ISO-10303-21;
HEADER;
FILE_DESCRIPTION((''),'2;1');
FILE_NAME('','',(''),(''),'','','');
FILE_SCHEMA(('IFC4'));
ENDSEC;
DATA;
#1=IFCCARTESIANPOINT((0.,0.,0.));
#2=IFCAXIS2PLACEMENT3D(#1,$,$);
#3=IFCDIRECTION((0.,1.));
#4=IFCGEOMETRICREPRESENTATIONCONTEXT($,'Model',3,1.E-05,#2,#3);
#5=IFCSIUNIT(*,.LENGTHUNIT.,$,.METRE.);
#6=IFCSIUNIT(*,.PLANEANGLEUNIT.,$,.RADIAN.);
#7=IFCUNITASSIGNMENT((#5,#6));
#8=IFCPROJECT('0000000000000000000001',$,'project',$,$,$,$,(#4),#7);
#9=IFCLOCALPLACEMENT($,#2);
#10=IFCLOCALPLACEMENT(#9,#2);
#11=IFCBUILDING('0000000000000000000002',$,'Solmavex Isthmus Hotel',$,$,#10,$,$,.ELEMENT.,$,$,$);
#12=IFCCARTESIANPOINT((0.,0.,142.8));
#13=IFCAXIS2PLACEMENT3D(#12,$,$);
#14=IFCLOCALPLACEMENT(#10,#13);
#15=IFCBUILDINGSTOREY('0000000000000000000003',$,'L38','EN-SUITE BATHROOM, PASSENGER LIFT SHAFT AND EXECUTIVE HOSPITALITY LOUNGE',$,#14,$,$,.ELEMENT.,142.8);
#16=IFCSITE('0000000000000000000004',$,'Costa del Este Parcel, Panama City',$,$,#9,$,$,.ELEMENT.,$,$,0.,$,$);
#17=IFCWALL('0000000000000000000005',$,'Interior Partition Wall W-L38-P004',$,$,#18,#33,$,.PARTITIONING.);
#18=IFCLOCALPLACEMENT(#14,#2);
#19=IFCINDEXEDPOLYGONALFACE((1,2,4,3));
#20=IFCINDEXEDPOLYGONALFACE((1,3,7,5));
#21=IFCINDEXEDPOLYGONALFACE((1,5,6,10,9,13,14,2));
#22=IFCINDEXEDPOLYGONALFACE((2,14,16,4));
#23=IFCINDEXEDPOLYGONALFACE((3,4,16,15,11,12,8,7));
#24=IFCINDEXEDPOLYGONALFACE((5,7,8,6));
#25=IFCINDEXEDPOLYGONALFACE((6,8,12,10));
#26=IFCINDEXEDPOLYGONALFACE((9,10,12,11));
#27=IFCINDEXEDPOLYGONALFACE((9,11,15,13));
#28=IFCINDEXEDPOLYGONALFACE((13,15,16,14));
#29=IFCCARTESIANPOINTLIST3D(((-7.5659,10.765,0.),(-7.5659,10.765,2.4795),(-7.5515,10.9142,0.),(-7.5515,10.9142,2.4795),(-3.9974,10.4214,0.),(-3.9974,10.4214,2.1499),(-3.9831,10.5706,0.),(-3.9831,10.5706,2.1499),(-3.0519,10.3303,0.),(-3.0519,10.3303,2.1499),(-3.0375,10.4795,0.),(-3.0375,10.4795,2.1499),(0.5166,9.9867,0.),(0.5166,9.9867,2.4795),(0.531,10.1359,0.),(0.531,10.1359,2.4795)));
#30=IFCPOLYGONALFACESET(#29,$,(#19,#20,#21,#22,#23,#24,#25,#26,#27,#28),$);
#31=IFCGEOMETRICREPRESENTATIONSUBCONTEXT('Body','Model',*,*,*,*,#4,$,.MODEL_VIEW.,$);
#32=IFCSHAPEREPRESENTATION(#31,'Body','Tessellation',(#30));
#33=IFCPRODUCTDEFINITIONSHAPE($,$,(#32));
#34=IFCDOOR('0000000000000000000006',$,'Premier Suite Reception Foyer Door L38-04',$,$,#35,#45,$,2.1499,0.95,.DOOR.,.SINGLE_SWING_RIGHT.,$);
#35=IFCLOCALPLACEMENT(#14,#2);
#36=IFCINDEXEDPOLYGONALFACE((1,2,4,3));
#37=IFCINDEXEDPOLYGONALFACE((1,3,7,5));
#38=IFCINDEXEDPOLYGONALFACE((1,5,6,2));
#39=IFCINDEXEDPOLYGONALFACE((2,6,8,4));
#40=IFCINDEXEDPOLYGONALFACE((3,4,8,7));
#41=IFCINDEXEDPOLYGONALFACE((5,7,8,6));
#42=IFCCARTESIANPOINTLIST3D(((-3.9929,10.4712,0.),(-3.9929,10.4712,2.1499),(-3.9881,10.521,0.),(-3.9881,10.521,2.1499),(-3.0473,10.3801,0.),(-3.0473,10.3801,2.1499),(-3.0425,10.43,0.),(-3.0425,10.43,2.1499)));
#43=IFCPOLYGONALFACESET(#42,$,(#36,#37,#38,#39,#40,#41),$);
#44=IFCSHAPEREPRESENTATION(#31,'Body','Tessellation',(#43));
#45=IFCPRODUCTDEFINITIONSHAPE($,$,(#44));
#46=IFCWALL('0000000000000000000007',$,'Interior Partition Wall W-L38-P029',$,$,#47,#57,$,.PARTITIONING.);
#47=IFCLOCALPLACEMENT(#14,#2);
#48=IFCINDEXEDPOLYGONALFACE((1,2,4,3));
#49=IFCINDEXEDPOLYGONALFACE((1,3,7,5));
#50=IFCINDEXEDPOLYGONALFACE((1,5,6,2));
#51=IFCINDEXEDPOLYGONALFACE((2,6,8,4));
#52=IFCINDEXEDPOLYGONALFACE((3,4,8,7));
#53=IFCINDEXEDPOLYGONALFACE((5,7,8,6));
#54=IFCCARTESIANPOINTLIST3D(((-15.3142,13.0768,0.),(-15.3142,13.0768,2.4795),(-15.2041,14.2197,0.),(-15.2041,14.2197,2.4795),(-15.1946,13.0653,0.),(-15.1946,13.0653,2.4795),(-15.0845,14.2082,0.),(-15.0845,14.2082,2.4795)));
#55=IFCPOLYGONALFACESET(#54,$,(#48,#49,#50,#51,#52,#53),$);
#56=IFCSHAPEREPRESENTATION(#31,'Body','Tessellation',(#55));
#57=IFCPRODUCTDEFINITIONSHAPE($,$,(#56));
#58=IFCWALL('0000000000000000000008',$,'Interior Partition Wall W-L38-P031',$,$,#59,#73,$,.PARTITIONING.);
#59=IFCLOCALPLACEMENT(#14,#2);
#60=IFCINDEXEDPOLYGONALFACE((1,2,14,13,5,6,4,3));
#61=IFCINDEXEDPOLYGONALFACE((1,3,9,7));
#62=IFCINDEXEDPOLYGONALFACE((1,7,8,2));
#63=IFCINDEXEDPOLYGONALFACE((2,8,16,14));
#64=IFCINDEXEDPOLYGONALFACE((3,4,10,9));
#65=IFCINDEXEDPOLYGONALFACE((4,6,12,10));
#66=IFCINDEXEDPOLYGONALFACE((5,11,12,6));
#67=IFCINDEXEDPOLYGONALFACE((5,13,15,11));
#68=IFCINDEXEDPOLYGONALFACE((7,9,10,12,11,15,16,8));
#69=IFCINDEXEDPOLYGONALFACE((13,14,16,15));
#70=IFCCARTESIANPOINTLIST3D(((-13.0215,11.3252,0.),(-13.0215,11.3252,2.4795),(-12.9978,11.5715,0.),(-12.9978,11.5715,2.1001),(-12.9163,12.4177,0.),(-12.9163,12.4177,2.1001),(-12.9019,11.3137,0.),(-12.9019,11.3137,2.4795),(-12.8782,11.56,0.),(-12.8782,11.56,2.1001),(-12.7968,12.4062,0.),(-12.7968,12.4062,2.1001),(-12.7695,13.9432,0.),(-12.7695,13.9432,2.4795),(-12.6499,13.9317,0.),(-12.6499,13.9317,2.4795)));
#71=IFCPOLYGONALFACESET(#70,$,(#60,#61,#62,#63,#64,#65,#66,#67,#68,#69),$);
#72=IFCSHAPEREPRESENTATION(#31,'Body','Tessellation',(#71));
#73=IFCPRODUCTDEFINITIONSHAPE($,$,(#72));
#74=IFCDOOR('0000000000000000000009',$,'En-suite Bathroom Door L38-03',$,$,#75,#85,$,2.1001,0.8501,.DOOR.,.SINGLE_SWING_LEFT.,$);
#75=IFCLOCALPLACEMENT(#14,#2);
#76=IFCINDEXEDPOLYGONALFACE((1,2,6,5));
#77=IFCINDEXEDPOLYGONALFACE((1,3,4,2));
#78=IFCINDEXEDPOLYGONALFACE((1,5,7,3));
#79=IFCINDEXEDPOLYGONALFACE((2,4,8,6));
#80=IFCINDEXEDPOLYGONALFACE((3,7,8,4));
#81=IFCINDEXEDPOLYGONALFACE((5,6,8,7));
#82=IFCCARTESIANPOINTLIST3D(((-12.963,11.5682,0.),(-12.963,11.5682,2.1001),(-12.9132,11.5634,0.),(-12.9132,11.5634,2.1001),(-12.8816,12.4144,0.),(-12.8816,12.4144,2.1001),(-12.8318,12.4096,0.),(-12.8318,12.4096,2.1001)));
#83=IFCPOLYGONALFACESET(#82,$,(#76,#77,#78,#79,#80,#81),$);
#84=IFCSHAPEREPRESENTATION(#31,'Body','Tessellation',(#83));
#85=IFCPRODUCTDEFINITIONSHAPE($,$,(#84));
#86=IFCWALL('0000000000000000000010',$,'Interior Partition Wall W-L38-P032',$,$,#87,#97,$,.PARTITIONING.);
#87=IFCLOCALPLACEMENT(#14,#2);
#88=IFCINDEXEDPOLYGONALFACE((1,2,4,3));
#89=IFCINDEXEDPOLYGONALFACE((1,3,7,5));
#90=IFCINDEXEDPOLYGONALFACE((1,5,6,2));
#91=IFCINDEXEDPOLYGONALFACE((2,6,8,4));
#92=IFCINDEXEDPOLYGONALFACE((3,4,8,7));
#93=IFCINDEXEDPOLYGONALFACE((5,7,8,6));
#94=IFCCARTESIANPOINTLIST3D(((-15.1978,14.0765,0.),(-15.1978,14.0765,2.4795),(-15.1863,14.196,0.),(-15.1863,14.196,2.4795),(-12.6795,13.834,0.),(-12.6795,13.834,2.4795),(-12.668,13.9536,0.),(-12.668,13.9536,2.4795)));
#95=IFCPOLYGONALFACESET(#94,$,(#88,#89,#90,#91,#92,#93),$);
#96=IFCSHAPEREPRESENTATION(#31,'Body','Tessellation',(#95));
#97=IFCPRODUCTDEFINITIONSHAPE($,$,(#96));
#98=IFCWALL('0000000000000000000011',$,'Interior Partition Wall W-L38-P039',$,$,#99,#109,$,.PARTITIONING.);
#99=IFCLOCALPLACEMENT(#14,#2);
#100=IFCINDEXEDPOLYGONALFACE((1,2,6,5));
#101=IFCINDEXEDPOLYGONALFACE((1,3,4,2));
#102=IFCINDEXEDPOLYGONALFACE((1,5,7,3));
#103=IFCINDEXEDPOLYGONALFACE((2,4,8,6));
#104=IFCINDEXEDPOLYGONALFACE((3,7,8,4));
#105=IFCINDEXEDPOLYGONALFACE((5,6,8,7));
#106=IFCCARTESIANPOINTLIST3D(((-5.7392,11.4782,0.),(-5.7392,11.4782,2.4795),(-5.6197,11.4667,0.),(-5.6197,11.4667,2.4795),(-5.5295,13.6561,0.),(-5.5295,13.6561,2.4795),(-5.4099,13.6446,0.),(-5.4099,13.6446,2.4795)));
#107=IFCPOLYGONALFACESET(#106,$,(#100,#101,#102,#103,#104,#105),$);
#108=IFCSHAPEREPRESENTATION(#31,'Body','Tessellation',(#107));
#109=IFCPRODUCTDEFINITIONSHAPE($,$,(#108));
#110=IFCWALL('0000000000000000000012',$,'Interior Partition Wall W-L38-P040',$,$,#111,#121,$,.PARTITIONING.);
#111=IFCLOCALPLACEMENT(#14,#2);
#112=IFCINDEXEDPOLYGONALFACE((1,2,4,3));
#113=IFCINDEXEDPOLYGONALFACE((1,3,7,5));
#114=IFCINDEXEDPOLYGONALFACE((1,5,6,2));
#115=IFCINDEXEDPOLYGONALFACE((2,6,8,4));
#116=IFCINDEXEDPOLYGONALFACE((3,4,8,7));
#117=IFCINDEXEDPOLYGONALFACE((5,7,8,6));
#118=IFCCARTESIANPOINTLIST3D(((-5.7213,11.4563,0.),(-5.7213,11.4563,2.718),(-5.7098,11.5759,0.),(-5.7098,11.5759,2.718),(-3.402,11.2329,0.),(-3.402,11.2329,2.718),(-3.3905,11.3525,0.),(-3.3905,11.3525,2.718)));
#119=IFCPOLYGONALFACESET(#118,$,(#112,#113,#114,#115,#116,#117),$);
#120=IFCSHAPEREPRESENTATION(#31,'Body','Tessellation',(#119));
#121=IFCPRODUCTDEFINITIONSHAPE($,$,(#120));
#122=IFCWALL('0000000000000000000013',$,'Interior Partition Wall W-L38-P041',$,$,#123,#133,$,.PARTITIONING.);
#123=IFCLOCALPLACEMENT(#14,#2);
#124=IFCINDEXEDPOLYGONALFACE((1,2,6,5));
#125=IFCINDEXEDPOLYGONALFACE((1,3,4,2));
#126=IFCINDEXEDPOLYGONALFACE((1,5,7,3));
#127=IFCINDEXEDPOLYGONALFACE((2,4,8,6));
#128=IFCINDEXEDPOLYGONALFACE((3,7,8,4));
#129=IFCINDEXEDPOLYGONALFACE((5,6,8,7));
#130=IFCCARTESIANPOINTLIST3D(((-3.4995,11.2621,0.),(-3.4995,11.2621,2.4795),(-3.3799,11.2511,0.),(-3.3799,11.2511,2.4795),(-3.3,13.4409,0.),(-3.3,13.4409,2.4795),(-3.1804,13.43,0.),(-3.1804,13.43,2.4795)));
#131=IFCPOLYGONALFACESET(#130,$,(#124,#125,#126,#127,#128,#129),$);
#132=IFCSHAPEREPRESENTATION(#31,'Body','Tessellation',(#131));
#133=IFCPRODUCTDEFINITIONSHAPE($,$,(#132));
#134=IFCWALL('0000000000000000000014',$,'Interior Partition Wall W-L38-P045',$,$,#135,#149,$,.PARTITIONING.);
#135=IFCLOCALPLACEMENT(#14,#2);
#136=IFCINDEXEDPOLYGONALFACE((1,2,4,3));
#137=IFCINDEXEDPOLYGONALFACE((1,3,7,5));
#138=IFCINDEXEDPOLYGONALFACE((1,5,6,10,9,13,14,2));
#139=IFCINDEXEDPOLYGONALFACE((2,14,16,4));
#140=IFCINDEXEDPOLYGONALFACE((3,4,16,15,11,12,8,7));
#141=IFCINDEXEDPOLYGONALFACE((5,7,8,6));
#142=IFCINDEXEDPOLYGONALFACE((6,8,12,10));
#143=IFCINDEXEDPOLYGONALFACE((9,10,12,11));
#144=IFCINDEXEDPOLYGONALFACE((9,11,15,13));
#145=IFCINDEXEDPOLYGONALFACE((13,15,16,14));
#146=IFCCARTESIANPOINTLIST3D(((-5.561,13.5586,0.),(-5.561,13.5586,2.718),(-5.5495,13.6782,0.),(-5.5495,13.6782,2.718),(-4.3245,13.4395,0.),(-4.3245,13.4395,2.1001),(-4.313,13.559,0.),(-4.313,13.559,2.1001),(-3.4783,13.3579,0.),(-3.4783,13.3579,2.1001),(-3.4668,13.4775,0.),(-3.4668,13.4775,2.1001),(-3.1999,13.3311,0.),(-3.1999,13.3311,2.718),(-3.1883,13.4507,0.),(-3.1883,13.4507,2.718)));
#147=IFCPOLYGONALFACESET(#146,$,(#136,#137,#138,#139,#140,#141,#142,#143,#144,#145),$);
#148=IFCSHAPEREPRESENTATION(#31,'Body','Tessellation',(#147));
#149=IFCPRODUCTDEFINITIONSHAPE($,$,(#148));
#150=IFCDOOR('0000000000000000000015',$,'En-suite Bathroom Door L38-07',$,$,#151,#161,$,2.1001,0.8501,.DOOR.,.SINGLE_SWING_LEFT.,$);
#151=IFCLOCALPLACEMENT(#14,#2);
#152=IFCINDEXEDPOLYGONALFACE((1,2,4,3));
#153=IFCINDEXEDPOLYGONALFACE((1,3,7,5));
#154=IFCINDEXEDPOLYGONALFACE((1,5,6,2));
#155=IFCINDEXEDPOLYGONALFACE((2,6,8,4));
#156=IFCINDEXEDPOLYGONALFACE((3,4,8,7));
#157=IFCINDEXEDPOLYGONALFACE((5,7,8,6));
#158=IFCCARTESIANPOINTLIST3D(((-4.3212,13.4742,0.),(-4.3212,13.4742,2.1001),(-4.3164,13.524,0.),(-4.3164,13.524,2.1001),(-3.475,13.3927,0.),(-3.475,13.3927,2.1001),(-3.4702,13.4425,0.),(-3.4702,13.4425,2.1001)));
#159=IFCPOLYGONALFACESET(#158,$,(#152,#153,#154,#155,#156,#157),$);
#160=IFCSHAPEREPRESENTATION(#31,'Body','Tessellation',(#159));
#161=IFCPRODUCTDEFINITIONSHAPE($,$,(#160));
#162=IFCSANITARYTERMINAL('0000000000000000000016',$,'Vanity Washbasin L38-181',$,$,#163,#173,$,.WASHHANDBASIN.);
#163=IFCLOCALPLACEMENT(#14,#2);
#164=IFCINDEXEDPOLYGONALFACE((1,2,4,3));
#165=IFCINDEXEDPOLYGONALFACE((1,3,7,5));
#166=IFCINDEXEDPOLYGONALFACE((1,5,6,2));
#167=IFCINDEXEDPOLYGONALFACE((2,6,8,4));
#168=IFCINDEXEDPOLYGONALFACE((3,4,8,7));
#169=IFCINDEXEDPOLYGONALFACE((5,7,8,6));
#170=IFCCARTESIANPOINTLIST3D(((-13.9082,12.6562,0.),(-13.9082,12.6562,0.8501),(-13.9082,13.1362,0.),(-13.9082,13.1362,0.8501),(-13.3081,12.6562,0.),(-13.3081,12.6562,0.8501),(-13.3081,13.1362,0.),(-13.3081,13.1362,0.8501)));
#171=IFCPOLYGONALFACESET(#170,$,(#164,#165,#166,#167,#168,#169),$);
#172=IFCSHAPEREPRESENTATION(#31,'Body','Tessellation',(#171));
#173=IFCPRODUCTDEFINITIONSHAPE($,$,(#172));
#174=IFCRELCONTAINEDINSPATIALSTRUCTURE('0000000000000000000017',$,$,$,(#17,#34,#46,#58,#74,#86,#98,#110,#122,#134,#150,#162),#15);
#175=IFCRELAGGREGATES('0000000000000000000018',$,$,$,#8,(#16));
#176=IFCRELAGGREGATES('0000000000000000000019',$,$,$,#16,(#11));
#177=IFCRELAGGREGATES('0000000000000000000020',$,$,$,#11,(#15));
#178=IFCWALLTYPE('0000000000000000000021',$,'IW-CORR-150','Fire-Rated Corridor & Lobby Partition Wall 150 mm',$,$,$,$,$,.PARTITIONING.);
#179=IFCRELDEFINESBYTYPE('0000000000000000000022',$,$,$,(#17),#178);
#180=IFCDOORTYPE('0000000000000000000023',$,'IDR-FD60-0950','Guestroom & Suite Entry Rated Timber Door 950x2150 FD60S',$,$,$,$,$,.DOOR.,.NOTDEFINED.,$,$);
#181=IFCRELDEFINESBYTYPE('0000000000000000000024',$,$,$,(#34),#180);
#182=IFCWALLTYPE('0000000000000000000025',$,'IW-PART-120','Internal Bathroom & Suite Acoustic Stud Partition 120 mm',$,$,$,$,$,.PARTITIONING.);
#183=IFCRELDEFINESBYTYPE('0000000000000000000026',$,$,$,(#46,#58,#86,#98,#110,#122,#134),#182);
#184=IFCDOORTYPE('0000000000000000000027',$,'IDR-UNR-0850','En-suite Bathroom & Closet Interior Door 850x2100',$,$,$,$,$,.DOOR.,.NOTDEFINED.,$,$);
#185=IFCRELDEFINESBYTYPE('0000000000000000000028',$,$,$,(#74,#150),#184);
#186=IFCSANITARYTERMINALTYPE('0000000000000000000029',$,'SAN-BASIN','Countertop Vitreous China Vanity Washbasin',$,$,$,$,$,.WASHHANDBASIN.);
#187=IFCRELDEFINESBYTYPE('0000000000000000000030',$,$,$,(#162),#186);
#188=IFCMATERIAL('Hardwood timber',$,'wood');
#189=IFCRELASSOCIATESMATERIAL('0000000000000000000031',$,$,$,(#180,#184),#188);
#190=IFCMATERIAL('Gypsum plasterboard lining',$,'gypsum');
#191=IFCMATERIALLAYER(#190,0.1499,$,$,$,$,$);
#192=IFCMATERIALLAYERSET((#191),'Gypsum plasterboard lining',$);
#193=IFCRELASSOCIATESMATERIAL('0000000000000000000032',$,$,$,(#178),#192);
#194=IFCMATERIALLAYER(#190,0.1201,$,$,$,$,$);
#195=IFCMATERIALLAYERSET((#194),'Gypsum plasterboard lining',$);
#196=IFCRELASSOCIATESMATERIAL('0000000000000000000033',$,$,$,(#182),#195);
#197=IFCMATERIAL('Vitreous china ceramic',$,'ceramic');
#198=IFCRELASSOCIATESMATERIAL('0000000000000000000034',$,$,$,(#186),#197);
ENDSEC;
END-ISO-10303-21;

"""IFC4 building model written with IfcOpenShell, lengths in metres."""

from ifc_helpers import new_model, si_unit, direction, frame, frame_2d, origin, origin_2d, place, context, subcontext, project, spatial, rectangle, extrude, material, layer, layer_set, type_object, element, fill, save


model = new_model("IFC4")

# Units and contexts
model_context = context("Model", 3, precision=1e-05, world=origin(), true_north=direction((0.0, 1.0)))
body_context = subcontext(model_context, "Body", "Model", "MODEL_VIEW")
ifc_project = project(units=[si_unit("LENGTHUNIT", "METRE"), si_unit("PLANEANGLEUNIT", "RADIAN")], contexts=[model_context])

# Site, building, storey
site_placement = place(None, origin())
site = spatial("IfcSite", under=ifc_project, at=site_placement, Name="Costa del Este Parcel, Panama City", CompositionType="ELEMENT", RefElevation=0.0)
building_placement = place(site_placement, origin())
building = spatial("IfcBuilding", under=site, at=building_placement, Name="Solmavex Isthmus Hotel", CompositionType="ELEMENT")
storey_placement = place(building_placement, frame((0.0, 0.0, 142.8)))
storey = spatial("IfcBuildingStorey", under=building, at=storey_placement, Name="L38", Description="EN-SUITE BATHROOM, PASSENGER LIFT SHAFT AND EXECUTIVE HOSPITALITY LOUNGE", CompositionType="ELEMENT", Elevation=142.8)

# Shared definitions
ifc_material_1 = material(Name="Gypsum plasterboard lining", Category="gypsum")

# Wall, opening, door
ifc_material_2 = material(Name="Hardwood timber", Category="wood")
door_type_1 = type_object("IfcDoorType", Name="IDR-FD60-0950", Description="Guestroom & Suite Entry Rated Timber Door 950x2150 FD60S", OperationType="NOTDEFINED", PredefinedType="DOOR", material=ifc_material_2)
ifc_layer_1 = layer(ifc_material_1, 0.1499)
ifc_layer_set_1 = layer_set([ifc_layer_1], Name="Gypsum plasterboard lining")
wall_type_1 = type_object("IfcWallType", Name="IW-CORR-150", Description="Fire-Rated Corridor & Lobby Partition Wall 150 mm", PredefinedType="PARTITIONING", material=ifc_layer_set_1)
wall_1_placement = place(storey_placement, frame((-7.5588, 10.8396, 0.0), z_axis=(0.0, 0.0, 1.0), x_axis=(0.995395, -0.095853, 0.0)))
wall_1 = element("IfcWall", 1, at=wall_1_placement, inside=storey, type_object=wall_type_1, Name="Interior Partition Wall W-L38-P004", PredefinedType="PARTITIONING", context=body_context, shape_type="SweptSolid", body=[
    extrude(rectangle(XDim=8.1199, YDim=0.1499, at=frame_2d((4.0601, 0.0))), origin(), (0.0, 0.0, 1.0), 2.4795),
])
opening_1_placement = place(wall_1_placement, frame((3.585, 0.0, 0.0)))
opening_1 = element("IfcOpeningElement", 2, at=opening_1_placement, cuts=wall_1, PredefinedType="OPENING", context=body_context, shape_type="SweptSolid", body=[
    extrude(rectangle(XDim=0.95, YDim=2.1499, at=frame_2d((0.4751, 1.075))), frame((0.0, 0.085, 0.0), z_axis=(0.0, -1.0, 0.0), x_axis=(1.0, 0.0, 0.0)), (0.0, 0.0, 1.0), 0.1699),
])
door_1_placement = place(opening_1_placement, frame((0.95, 0.0, 0.0), z_axis=(0.0, 0.0, 1.0), x_axis=(-1.0, 0.0, 0.0)))
door_1 = element("IfcDoor", 3, at=door_1_placement, inside=storey, type_object=door_type_1, Name="Premier Suite Reception Foyer Door L38-04", OperationType="SINGLE_SWING_RIGHT", OverallHeight=2.1499, OverallWidth=0.95, PredefinedType="DOOR", context=body_context, shape_type="SweptSolid", body=[
    extrude(rectangle(XDim=0.95, YDim=2.1499, at=frame_2d((0.4751, 1.075))), frame((0.0, 0.0249, 0.0), z_axis=(0.0, -1.0, 0.0), x_axis=(1.0, 0.0, 0.0)), (0.0, 0.0, 1.0), 0.05),
])
fill(opening_1, door_1)

# Wall
ifc_layer_2 = layer(ifc_material_1, 0.1201)
ifc_layer_set_2 = layer_set([ifc_layer_2], Name="Gypsum plasterboard lining")
wall_type_2 = type_object("IfcWallType", Name="IW-PART-120", Description="Internal Bathroom & Suite Acoustic Stud Partition 120 mm", PredefinedType="PARTITIONING", material=ifc_layer_set_2)
wall_2_placement = place(storey_placement, frame((-15.1443, 14.2141, 0.0), z_axis=(0.0, 0.0, 1.0), x_axis=(-0.095903, -0.995391, 0.0)))
element("IfcWall", 4, at=wall_2_placement, inside=storey, type_object=wall_type_2, Name="Interior Partition Wall W-L38-P029", PredefinedType="PARTITIONING", context=body_context, shape_type="SweptSolid", body=[
    extrude(rectangle(XDim=1.1482, YDim=0.1201, at=frame_2d((0.5742, 0.0))), origin(), (0.0, 0.0, 1.0), 2.4795),
])

# Wall, opening, door
wall_3_placement = place(storey_placement, frame((-12.9617, 11.3196, 0.0), z_axis=(0.0, 0.0, 1.0), x_axis=(0.095799, 0.995401, 0.0)))
wall_3 = element("IfcWall", 5, at=wall_3_placement, inside=storey, type_object=wall_type_2, Name="Interior Partition Wall W-L38-P031", PredefinedType="PARTITIONING", context=body_context, shape_type="SweptSolid", body=[
    extrude(rectangle(XDim=2.6301, YDim=0.1201, at=frame_2d((1.3149, 0.0))), origin(), (0.0, 0.0, 1.0), 2.4795),
])
opening_2_placement = place(wall_3_placement, frame((0.2473, 0.0, 0.0)))
opening_2 = element("IfcOpeningElement", 6, at=opening_2_placement, cuts=wall_3, PredefinedType="OPENING", context=body_context, shape_type="SweptSolid", body=[
    extrude(rectangle(XDim=0.8501, YDim=2.1001, at=frame_2d((0.425, 1.05))), frame((0.0, 0.0701, 0.0), z_axis=(0.0, -1.0, 0.0), x_axis=(1.0, 0.0, 0.0)), (0.0, 0.0, 1.0), 0.1401),
])
door_type_2 = type_object("IfcDoorType", Name="IDR-UNR-0850", Description="En-suite Bathroom & Closet Interior Door 850x2100", OperationType="NOTDEFINED", PredefinedType="DOOR", material=ifc_material_2)
door_2_placement = place(opening_2_placement, frame((0.8501, 0.0, 0.0), z_axis=(0.0, 0.0, 1.0), x_axis=(-1.0, 0.0, 0.0)))
door_2 = element("IfcDoor", 7, at=door_2_placement, inside=storey, type_object=door_type_2, Name="En-suite Bathroom Door L38-03", OperationType="SINGLE_SWING_LEFT", OverallHeight=2.1001, OverallWidth=0.8501, PredefinedType="DOOR", context=body_context, shape_type="SweptSolid", body=[
    extrude(rectangle(XDim=0.8501, YDim=2.1001, at=frame_2d((0.425, 1.05))), frame((0.0, 0.0249, 0.0), z_axis=(0.0, -1.0, 0.0), x_axis=(1.0, 0.0, 0.0)), (0.0, 0.0, 1.0), 0.05),
])
fill(opening_2, door_2)

# Walls
wall_4_placement = place(storey_placement, frame((-12.6736, 13.8938, 0.0), z_axis=(0.0, 0.0, 1.0), x_axis=(-0.995398, 0.095825, 0.0)))
element("IfcWall", 8, at=wall_4_placement, inside=storey, type_object=wall_type_2, Name="Interior Partition Wall W-L38-P032", PredefinedType="PARTITIONING", context=body_context, shape_type="SweptSolid", body=[
    extrude(rectangle(XDim=2.53, YDim=0.1201, at=frame_2d((1.2651, 0.0))), origin(), (0.0, 0.0, 1.0), 2.4795),
])
wall_5_placement = place(storey_placement, frame((-5.4697, 13.6504, 0.0), z_axis=(0.0, 0.0, 1.0), x_axis=(-0.095846, -0.995396, 0.0)))
element("IfcWall", 9, at=wall_5_placement, inside=storey, type_object=wall_type_2, Name="Interior Partition Wall W-L38-P039", PredefinedType="PARTITIONING", context=body_context, shape_type="SweptSolid", body=[
    extrude(rectangle(XDim=2.188, YDim=0.1201, at=frame_2d((1.094, 0.0))), origin(), (0.0, 0.0, 1.0), 2.4795),
])
wall_6_placement = place(storey_placement, frame((-5.7156, 11.5161, 0.0), z_axis=(0.0, 0.0, 1.0), x_axis=(0.995394, -0.095872, 0.0)))
element("IfcWall", 10, at=wall_6_placement, inside=storey, type_object=wall_type_2, Name="Interior Partition Wall W-L38-P040", PredefinedType="PARTITIONING", context=body_context, shape_type="SweptSolid", body=[
    extrude(rectangle(XDim=2.3301, YDim=0.1201, at=frame_2d((1.165, 0.0))), origin(), (0.0, 0.0, 1.0), 2.718),
])
wall_7_placement = place(storey_placement, frame((-3.4397, 11.2566, 0.0), z_axis=(0.0, 0.0, 1.0), x_axis=(0.091159, 0.995836, 0.0)))
element("IfcWall", 11, at=wall_7_placement, inside=storey, type_object=wall_type_2, Name="Interior Partition Wall W-L38-P041", PredefinedType="PARTITIONING", context=body_context, shape_type="SweptSolid", body=[
    extrude(rectangle(XDim=2.188, YDim=0.1201, at=frame_2d((1.094, 0.0))), origin(), (0.0, 0.0, 1.0), 2.4795),
])

# Wall, opening, door
wall_8_placement = place(storey_placement, frame((-3.1941, 13.3909, 0.0), z_axis=(0.0, 0.0, 1.0), x_axis=(-0.995388, 0.095926, 0.0)))
wall_8 = element("IfcWall", 12, at=wall_8_placement, inside=storey, type_object=wall_type_2, Name="Interior Partition Wall W-L38-P045", PredefinedType="PARTITIONING", context=body_context, shape_type="SweptSolid", body=[
    extrude(rectangle(XDim=2.3721, YDim=0.1201, at=frame_2d((1.186, 0.0))), origin(), (0.0, 0.0, 1.0), 2.718),
])
opening_3_placement = place(wall_8_placement, frame((0.2798, 0.0, 0.0)))
opening_3 = element("IfcOpeningElement", 13, at=opening_3_placement, cuts=wall_8, PredefinedType="OPENING", context=body_context, shape_type="SweptSolid", body=[
    extrude(rectangle(XDim=0.8501, YDim=2.1001, at=frame_2d((0.425, 1.05))), frame((0.0, 0.0701, 0.0), z_axis=(0.0, -1.0, 0.0), x_axis=(1.0, 0.0, 0.0)), (0.0, 0.0, 1.0), 0.1401),
])
door_3_placement = place(opening_3_placement, frame((0.8501, 0.0, 0.0), z_axis=(0.0, 0.0, 1.0), x_axis=(-1.0, 0.0, 0.0)))
door_3 = element("IfcDoor", 14, at=door_3_placement, inside=storey, type_object=door_type_2, Name="En-suite Bathroom Door L38-07", OperationType="SINGLE_SWING_LEFT", OverallHeight=2.1001, OverallWidth=0.8501, PredefinedType="DOOR", context=body_context, shape_type="SweptSolid", body=[
    extrude(rectangle(XDim=0.8501, YDim=2.1001, at=frame_2d((0.425, 1.05))), frame((0.0, 0.0249, 0.0), z_axis=(0.0, -1.0, 0.0), x_axis=(1.0, 0.0, 0.0)), (0.0, 0.0, 1.0), 0.05),
])
fill(opening_3, door_3)

# Sanitary terminal
ifc_material_3 = material(Name="Vitreous china ceramic", Category="ceramic")
sanitary_terminal_type_1 = type_object("IfcSanitaryTerminalType", Name="SAN-BASIN", Description="Countertop Vitreous China Vanity Washbasin", PredefinedType="WASHHANDBASIN", material=ifc_material_3)
for number, where, z_axis, x_axis, name in (
    (15, (-13.6082, 12.8962, 0.0), (0.0, 0.0, 1.0), (1.0, 0.0, 0.0), "Vanity Washbasin L38-181"),
):
    element("IfcSanitaryTerminal", number, at=place(storey_placement, frame(where, z_axis=z_axis, x_axis=x_axis)), inside=storey, type_object=sanitary_terminal_type_1, Name=name, PredefinedType="WASHHANDBASIN", context=body_context, shape_type="SweptSolid", body=[
        extrude(rectangle(XDim=0.6001, YDim=0.48, at=origin_2d()), origin(), (0.0, 0.0, 1.0), 0.8501),
    ])

save(model, "model.ifc")
